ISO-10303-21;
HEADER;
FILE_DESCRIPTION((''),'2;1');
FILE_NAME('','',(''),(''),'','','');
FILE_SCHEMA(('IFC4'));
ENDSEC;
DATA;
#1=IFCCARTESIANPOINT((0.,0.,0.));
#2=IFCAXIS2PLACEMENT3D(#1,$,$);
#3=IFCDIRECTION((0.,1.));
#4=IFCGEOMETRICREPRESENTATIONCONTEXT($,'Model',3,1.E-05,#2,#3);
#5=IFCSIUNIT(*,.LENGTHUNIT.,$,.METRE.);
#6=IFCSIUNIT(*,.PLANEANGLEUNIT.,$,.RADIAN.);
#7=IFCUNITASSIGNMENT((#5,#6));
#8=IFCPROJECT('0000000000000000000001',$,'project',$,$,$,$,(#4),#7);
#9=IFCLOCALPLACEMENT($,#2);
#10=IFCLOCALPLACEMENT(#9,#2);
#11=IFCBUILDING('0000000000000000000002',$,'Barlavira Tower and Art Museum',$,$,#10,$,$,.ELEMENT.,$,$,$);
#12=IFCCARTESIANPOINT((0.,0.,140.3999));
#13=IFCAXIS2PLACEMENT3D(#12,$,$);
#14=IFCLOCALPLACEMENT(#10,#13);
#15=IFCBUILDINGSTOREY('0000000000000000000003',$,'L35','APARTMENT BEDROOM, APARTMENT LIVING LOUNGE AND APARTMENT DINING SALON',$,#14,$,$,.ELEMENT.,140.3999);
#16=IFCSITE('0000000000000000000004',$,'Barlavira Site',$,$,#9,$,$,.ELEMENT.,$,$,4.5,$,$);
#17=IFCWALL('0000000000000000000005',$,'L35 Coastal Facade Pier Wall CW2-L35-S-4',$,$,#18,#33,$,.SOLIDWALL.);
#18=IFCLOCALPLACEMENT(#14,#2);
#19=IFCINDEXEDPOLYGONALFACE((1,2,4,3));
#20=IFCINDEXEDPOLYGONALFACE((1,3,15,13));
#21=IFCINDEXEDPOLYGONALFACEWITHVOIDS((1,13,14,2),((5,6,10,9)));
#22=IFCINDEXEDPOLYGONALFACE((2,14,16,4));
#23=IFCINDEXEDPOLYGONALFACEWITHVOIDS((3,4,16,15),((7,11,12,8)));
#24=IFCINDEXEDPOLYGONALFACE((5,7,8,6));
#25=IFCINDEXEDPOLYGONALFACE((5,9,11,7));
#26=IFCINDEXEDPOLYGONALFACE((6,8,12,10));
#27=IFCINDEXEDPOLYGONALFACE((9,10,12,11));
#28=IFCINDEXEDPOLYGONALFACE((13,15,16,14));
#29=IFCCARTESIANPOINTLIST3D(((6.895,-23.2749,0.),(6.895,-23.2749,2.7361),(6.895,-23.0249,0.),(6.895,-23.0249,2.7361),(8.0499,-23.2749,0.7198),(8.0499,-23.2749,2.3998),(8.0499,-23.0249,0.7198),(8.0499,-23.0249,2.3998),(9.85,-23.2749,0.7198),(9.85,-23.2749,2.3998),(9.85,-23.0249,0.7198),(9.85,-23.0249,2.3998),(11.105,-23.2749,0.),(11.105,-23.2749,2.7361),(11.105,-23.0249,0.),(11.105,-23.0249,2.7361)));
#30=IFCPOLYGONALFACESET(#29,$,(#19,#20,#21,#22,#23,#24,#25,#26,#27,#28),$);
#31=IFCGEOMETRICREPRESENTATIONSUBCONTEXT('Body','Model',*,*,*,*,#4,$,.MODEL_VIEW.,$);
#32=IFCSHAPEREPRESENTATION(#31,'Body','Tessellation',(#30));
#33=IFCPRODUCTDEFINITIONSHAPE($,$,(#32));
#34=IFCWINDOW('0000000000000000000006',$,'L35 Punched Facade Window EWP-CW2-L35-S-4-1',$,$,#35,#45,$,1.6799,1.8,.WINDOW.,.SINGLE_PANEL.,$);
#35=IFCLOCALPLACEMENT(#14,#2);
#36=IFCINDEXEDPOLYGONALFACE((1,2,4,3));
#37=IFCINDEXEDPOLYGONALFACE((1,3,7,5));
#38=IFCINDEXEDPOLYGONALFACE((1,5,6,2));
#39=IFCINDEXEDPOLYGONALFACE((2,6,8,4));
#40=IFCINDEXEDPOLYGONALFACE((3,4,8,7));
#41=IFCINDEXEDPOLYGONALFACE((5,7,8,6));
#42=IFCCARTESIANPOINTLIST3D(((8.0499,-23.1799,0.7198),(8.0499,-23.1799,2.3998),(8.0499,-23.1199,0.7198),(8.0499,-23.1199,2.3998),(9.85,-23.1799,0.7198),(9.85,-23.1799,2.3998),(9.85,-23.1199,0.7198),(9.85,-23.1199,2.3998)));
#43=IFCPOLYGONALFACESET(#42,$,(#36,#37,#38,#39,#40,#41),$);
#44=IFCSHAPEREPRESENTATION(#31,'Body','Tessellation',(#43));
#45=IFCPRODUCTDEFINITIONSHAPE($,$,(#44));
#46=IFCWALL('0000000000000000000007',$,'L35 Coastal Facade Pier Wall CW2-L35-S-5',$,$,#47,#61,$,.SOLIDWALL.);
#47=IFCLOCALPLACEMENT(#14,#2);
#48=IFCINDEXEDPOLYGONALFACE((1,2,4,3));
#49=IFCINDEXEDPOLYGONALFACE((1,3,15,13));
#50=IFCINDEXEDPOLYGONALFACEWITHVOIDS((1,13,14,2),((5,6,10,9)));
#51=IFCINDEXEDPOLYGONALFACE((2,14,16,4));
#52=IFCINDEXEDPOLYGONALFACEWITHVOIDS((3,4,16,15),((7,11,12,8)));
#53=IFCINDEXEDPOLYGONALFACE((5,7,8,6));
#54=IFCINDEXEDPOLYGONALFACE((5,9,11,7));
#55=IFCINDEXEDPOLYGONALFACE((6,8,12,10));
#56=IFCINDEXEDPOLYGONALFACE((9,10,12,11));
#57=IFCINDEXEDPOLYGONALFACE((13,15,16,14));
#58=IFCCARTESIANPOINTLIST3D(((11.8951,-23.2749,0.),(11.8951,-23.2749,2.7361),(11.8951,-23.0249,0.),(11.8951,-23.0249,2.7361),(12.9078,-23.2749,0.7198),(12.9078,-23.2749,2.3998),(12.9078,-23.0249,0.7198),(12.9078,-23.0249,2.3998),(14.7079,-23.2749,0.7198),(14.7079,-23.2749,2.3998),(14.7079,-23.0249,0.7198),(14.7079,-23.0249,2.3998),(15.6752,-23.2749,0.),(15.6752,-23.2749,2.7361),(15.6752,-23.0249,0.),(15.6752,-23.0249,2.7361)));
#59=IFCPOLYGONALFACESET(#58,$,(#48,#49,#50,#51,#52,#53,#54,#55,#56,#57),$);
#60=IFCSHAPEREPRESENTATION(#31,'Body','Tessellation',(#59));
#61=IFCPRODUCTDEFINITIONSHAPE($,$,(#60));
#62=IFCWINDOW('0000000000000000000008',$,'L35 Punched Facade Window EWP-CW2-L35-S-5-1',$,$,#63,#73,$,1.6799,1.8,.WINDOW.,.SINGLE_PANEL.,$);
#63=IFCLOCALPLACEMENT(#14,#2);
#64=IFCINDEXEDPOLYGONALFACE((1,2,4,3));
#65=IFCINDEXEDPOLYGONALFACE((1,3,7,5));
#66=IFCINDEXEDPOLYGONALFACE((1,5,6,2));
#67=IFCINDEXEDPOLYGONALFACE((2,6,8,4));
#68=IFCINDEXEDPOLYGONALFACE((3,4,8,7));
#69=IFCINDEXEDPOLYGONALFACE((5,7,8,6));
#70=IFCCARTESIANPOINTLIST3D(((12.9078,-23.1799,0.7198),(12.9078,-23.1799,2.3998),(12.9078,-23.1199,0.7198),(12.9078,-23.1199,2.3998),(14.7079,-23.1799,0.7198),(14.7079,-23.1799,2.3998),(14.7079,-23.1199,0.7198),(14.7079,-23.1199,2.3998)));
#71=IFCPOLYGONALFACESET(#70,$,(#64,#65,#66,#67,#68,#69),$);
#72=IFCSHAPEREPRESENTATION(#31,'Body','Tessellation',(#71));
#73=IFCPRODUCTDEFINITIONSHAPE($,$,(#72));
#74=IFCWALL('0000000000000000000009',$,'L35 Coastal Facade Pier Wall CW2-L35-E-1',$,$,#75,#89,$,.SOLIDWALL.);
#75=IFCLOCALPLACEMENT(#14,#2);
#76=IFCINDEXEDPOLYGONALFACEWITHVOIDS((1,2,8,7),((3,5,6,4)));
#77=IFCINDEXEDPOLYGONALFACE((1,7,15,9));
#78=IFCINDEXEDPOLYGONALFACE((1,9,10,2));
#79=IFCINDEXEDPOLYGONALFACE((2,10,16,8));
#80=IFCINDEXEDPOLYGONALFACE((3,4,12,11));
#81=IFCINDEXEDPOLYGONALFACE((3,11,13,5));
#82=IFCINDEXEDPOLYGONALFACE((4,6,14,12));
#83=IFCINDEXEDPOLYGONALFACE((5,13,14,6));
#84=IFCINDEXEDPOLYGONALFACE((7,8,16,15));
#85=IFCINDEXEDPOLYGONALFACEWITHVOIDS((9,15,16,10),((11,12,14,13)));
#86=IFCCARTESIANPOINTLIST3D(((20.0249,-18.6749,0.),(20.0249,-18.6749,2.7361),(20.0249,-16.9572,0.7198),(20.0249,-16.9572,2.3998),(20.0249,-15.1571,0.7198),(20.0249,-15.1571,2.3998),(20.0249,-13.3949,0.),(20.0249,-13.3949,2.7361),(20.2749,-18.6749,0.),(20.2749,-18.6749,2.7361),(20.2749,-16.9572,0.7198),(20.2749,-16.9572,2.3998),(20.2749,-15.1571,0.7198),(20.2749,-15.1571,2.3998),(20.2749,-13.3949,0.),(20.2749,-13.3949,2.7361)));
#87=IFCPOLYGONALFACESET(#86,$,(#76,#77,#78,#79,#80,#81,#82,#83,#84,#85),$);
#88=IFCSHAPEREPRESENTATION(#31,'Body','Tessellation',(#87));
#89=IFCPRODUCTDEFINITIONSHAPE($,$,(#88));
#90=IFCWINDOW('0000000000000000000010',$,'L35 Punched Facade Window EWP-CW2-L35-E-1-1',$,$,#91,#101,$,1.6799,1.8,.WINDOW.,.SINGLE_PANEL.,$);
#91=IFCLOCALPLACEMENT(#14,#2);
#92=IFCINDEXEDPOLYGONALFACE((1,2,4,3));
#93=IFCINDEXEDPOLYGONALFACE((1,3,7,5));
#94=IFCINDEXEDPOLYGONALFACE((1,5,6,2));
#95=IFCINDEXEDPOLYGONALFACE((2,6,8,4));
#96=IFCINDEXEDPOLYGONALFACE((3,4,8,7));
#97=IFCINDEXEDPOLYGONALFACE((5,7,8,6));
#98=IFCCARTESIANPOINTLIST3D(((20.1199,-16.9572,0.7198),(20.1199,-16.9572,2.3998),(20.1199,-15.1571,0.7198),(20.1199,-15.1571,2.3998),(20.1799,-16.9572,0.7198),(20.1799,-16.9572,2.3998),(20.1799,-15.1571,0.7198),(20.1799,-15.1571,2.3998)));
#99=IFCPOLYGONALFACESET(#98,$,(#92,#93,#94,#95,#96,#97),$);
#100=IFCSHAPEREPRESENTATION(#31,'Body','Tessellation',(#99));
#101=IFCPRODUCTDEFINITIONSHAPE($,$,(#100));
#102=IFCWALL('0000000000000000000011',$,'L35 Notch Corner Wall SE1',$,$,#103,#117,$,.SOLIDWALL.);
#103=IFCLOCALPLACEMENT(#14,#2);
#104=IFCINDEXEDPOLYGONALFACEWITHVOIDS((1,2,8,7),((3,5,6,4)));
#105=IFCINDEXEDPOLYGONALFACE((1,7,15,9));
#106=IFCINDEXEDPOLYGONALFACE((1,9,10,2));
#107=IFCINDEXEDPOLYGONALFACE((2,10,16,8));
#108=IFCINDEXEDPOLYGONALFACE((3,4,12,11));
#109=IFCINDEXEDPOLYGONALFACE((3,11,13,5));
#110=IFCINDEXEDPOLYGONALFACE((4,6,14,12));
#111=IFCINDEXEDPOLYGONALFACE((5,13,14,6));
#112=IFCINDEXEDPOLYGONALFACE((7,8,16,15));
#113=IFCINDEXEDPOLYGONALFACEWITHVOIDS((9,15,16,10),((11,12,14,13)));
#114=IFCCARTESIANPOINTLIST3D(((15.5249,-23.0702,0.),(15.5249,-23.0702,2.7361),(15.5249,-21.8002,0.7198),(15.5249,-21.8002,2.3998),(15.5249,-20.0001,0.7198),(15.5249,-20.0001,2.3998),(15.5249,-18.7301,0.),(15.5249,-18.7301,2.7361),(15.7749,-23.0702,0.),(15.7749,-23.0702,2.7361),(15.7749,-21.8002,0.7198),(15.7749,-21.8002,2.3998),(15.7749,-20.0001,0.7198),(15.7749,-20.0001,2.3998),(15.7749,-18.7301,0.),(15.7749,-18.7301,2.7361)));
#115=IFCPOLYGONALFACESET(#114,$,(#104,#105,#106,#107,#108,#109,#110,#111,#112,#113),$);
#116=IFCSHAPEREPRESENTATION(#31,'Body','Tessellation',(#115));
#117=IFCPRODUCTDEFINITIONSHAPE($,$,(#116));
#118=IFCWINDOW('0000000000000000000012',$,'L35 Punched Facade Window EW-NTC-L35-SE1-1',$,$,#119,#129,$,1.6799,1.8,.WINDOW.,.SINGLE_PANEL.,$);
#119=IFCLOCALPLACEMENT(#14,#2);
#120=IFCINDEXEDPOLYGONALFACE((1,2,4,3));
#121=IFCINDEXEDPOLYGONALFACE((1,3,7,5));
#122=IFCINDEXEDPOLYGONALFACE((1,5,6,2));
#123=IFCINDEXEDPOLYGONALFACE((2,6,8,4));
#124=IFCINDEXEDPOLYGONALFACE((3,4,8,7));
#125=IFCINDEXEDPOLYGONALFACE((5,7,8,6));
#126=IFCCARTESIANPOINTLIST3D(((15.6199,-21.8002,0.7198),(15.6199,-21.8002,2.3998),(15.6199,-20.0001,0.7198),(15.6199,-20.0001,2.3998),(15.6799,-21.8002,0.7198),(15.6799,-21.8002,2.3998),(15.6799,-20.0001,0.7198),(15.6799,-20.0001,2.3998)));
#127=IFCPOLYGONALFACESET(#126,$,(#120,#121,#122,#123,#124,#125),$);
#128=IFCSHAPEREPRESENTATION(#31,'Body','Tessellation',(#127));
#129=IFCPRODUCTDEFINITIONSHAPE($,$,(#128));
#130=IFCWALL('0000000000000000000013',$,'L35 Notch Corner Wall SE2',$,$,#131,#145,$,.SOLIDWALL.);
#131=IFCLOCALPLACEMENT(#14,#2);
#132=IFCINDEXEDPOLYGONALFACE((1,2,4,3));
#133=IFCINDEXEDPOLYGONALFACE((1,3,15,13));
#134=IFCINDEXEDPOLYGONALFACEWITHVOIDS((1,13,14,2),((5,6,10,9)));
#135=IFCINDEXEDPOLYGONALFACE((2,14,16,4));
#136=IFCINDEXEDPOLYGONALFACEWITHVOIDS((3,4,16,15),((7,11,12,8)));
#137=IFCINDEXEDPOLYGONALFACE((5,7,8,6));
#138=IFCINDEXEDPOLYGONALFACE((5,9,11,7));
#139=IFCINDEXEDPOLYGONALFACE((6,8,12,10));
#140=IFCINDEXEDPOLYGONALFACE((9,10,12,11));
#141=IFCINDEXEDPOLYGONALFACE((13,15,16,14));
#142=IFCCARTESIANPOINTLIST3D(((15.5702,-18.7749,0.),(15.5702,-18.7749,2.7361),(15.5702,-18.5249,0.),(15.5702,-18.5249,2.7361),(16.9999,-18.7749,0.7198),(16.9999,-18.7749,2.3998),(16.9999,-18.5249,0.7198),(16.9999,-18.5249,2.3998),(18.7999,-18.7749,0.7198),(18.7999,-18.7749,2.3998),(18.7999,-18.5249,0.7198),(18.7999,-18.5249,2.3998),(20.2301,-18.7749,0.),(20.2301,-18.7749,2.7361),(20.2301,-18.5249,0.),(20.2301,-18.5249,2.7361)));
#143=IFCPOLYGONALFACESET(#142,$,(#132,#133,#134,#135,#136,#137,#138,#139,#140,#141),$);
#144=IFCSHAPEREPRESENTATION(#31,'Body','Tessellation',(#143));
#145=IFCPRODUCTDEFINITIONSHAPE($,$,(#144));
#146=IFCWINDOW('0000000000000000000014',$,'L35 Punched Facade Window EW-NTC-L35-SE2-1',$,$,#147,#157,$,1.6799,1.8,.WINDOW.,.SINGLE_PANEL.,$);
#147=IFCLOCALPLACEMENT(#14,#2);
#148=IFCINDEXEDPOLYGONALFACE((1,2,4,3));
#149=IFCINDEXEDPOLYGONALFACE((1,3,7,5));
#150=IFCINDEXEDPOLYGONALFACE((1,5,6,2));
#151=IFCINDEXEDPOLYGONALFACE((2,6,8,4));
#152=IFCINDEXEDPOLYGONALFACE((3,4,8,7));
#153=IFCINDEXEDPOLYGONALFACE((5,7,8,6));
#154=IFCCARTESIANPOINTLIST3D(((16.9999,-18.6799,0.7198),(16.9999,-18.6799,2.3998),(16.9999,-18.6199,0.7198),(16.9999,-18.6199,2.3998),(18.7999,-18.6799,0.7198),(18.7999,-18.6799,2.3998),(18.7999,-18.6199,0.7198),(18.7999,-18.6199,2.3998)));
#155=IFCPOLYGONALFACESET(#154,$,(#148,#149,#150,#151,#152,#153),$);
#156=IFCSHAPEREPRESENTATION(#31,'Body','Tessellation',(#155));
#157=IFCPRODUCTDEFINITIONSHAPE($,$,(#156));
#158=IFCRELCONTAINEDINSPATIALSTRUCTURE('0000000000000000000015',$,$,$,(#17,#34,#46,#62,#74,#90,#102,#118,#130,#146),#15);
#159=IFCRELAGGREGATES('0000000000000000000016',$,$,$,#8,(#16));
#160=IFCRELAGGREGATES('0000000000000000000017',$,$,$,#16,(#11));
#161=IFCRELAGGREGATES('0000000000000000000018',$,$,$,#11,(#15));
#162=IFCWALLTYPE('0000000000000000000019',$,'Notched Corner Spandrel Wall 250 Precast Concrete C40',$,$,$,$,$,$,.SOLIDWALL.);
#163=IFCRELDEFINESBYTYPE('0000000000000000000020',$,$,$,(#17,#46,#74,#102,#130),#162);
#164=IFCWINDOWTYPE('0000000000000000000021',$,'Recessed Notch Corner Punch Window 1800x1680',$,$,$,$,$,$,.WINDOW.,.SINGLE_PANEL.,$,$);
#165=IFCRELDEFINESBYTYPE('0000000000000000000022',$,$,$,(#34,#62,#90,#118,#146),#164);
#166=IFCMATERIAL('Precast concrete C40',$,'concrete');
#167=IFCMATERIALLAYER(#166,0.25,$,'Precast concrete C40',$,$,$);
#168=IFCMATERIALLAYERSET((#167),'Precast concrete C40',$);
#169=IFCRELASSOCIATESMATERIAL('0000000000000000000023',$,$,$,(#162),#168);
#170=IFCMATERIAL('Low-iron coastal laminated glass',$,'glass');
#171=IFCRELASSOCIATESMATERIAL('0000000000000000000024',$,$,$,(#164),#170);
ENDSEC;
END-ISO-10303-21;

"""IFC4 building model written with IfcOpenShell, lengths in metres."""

from ifc_helpers import new_model, si_unit, direction, frame, frame_2d, origin, place, context, subcontext, project, spatial, rectangle, extrude, material, layer, layer_set, type_object, element, fill, save


model = new_model("IFC4")

# Units and contexts
model_context = context("Model", 3, precision=1e-05, world=origin(), true_north=direction((0.0, 1.0)))
body_context = subcontext(model_context, "Body", "Model", "MODEL_VIEW")
ifc_project = project(units=[si_unit("LENGTHUNIT", "METRE"), si_unit("PLANEANGLEUNIT", "RADIAN")], contexts=[model_context])

# Site, building, storey
site_placement = place(None, origin())
site = spatial("IfcSite", under=ifc_project, at=site_placement, Name="Barlavira Site", CompositionType="ELEMENT", RefElevation=4.5)
building_placement = place(site_placement, origin())
building = spatial("IfcBuilding", under=site, at=building_placement, Name="Barlavira Tower and Art Museum", CompositionType="ELEMENT")
storey_placement = place(building_placement, frame((0.0, 0.0, 140.3999)))
storey = spatial("IfcBuildingStorey", under=building, at=storey_placement, Name="L35", Description="APARTMENT BEDROOM, APARTMENT LIVING LOUNGE AND APARTMENT DINING SALON", CompositionType="ELEMENT", Elevation=140.3999)

# Walls, openings, windows
ifc_material_1 = material(Name="Precast concrete C40", Category="concrete")
ifc_layer_1 = layer(ifc_material_1, 0.25, Name="Precast concrete C40")
ifc_layer_set_1 = layer_set([ifc_layer_1], Name="Precast concrete C40")
wall_type_1 = type_object("IfcWallType", Name="Notched Corner Spandrel Wall 250 Precast Concrete C40", PredefinedType="SOLIDWALL", material=ifc_layer_set_1)
wall_1_placement = place(storey_placement, frame((6.895, -23.1499, 0.0), z_axis=(0.0, 0.0, 1.0), x_axis=(1.0, 0.0, 0.0)))
wall_1 = element("IfcWall", 1, at=wall_1_placement, inside=storey, type_object=wall_type_1, Name="L35 Coastal Facade Pier Wall CW2-L35-S-4", PredefinedType="SOLIDWALL", context=body_context, shape_type="SweptSolid", body=[
    extrude(rectangle(XDim=4.21, YDim=0.25, at=frame_2d((2.105, 0.0))), origin(), (0.0, 0.0, 1.0), 2.7361),
])
opening_1_placement = place(wall_1_placement, frame((1.155, 0.0, 0.72)))
opening_1 = element("IfcOpeningElement", 2, at=opening_1_placement, cuts=wall_1, PredefinedType="OPENING", context=body_context, shape_type="SweptSolid", body=[
    extrude(rectangle(XDim=1.8, YDim=1.6799, at=frame_2d((0.8999, 0.8398))), frame((0.0, 0.135, 0.0), z_axis=(0.0, -1.0, 0.0), x_axis=(1.0, 0.0, 0.0)), (0.0, 0.0, 1.0), 0.27),
])
ifc_material_2 = material(Name="Low-iron coastal laminated glass", Category="glass")
window_type = type_object("IfcWindowType", Name="Recessed Notch Corner Punch Window 1800x1680", PartitioningType="SINGLE_PANEL", PredefinedType="WINDOW", material=ifc_material_2)
window_1_placement = place(opening_1_placement, origin())
window_1 = element("IfcWindow", 3, at=window_1_placement, inside=storey, type_object=window_type, Name="L35 Punched Facade Window EWP-CW2-L35-S-4-1", OverallHeight=1.6799, OverallWidth=1.8, PartitioningType="SINGLE_PANEL", PredefinedType="WINDOW", context=body_context, shape_type="SweptSolid", body=[
    extrude(rectangle(XDim=1.8, YDim=1.6799, at=frame_2d((0.8999, 0.8398))), frame((0.0, 0.03, 0.0), z_axis=(0.0, -1.0, 0.0), x_axis=(1.0, 0.0, 0.0)), (0.0, 0.0, 1.0), 0.0601),
])
fill(opening_1, window_1)
wall_2_placement = place(storey_placement, frame((11.895, -23.1499, 0.0), z_axis=(0.0, 0.0, 1.0), x_axis=(1.0, 0.0, 0.0)))
wall_2 = element("IfcWall", 4, at=wall_2_placement, inside=storey, type_object=wall_type_1, Name="L35 Coastal Facade Pier Wall CW2-L35-S-5", PredefinedType="SOLIDWALL", context=body_context, shape_type="SweptSolid", body=[
    extrude(rectangle(XDim=3.78, YDim=0.25, at=frame_2d((1.8901, 0.0))), origin(), (0.0, 0.0, 1.0), 2.7361),
])
opening_2_placement = place(wall_2_placement, frame((1.0129, 0.0, 0.72)))
opening_2 = element("IfcOpeningElement", 5, at=opening_2_placement, cuts=wall_2, PredefinedType="OPENING", context=body_context, shape_type="SweptSolid", body=[
    extrude(rectangle(XDim=1.8, YDim=1.6799, at=frame_2d((0.8999, 0.8398))), frame((0.0, 0.135, 0.0), z_axis=(0.0, -1.0, 0.0), x_axis=(1.0, 0.0, 0.0)), (0.0, 0.0, 1.0), 0.27),
])
window_2_placement = place(opening_2_placement, origin())
window_2 = element("IfcWindow", 6, at=window_2_placement, inside=storey, type_object=window_type, Name="L35 Punched Facade Window EWP-CW2-L35-S-5-1", OverallHeight=1.6799, OverallWidth=1.8, PartitioningType="SINGLE_PANEL", PredefinedType="WINDOW", context=body_context, shape_type="SweptSolid", body=[
    extrude(rectangle(XDim=1.8, YDim=1.6799, at=frame_2d((0.8999, 0.8398))), frame((0.0, 0.03, 0.0), z_axis=(0.0, -1.0, 0.0), x_axis=(1.0, 0.0, 0.0)), (0.0, 0.0, 1.0), 0.0601),
])
fill(opening_2, window_2)
wall_3_placement = place(storey_placement, frame((20.1499, -18.675, 0.0), z_axis=(0.0, 0.0, 1.0), x_axis=(0.0, 1.0, 0.0)))
wall_3 = element("IfcWall", 7, at=wall_3_placement, inside=storey, type_object=wall_type_1, Name="L35 Coastal Facade Pier Wall CW2-L35-E-1", PredefinedType="SOLIDWALL", context=body_context, shape_type="SweptSolid", body=[
    extrude(rectangle(XDim=5.28, YDim=0.25, at=frame_2d((2.6401, 0.0))), origin(), (0.0, 0.0, 1.0), 2.7361),
])
opening_3_placement = place(wall_3_placement, frame((1.718, 0.0, 0.72)))
opening_3 = element("IfcOpeningElement", 8, at=opening_3_placement, cuts=wall_3, PredefinedType="OPENING", context=body_context, shape_type="SweptSolid", body=[
    extrude(rectangle(XDim=1.8, YDim=1.6799, at=frame_2d((0.8999, 0.8398))), frame((0.0, 0.135, 0.0), z_axis=(0.0, -1.0, 0.0), x_axis=(1.0, 0.0, 0.0)), (0.0, 0.0, 1.0), 0.27),
])
window_3_placement = place(opening_3_placement, origin())
window_3 = element("IfcWindow", 9, at=window_3_placement, inside=storey, type_object=window_type, Name="L35 Punched Facade Window EWP-CW2-L35-E-1-1", OverallHeight=1.6799, OverallWidth=1.8, PartitioningType="SINGLE_PANEL", PredefinedType="WINDOW", context=body_context, shape_type="SweptSolid", body=[
    extrude(rectangle(XDim=1.8, YDim=1.6799, at=frame_2d((0.8999, 0.8398))), frame((0.0, 0.03, 0.0), z_axis=(0.0, -1.0, 0.0), x_axis=(1.0, 0.0, 0.0)), (0.0, 0.0, 1.0), 0.0601),
])
fill(opening_3, window_3)
wall_4_placement = place(storey_placement, frame((15.6499, -23.0701, 0.0), z_axis=(0.0, 0.0, 1.0), x_axis=(0.0, 1.0, 0.0)))
wall_4 = element("IfcWall", 10, at=wall_4_placement, inside=storey, type_object=wall_type_1, Name="L35 Notch Corner Wall SE1", PredefinedType="SOLIDWALL", context=body_context, shape_type="SweptSolid", body=[
    extrude(rectangle(XDim=4.3401, YDim=0.25, at=frame_2d((2.1699, 0.0))), origin(), (0.0, 0.0, 1.0), 2.7361),
])
opening_4_placement = place(wall_4_placement, frame((1.27, 0.0, 0.72)))
opening_4 = element("IfcOpeningElement", 11, at=opening_4_placement, cuts=wall_4, PredefinedType="OPENING", context=body_context, shape_type="SweptSolid", body=[
    extrude(rectangle(XDim=1.8, YDim=1.6799, at=frame_2d((0.8999, 0.8398))), frame((0.0, 0.135, 0.0), z_axis=(0.0, -1.0, 0.0), x_axis=(1.0, 0.0, 0.0)), (0.0, 0.0, 1.0), 0.27),
])
window_4_placement = place(opening_4_placement, origin())
window_4 = element("IfcWindow", 12, at=window_4_placement, inside=storey, type_object=window_type, Name="L35 Punched Facade Window EW-NTC-L35-SE1-1", OverallHeight=1.6799, OverallWidth=1.8, PartitioningType="SINGLE_PANEL", PredefinedType="WINDOW", context=body_context, shape_type="SweptSolid", body=[
    extrude(rectangle(XDim=1.8, YDim=1.6799, at=frame_2d((0.8999, 0.8398))), frame((0.0, 0.03, 0.0), z_axis=(0.0, -1.0, 0.0), x_axis=(1.0, 0.0, 0.0)), (0.0, 0.0, 1.0), 0.0601),
])
fill(opening_4, window_4)
wall_5_placement = place(storey_placement, frame((15.5701, -18.6499, 0.0), z_axis=(0.0, 0.0, 1.0), x_axis=(1.0, 0.0, 0.0)))
wall_5 = element("IfcWall", 13, at=wall_5_placement, inside=storey, type_object=wall_type_1, Name="L35 Notch Corner Wall SE2", PredefinedType="SOLIDWALL", context=body_context, shape_type="SweptSolid", body=[
    extrude(rectangle(XDim=4.6599, YDim=0.25, at=frame_2d((2.3301, 0.0))), origin(), (0.0, 0.0, 1.0), 2.7361),
])
opening_5_placement = place(wall_5_placement, frame((1.4299, 0.0, 0.72)))
opening_5 = element("IfcOpeningElement", 14, at=opening_5_placement, cuts=wall_5, PredefinedType="OPENING", context=body_context, shape_type="SweptSolid", body=[
    extrude(rectangle(XDim=1.8, YDim=1.6799, at=frame_2d((0.8999, 0.8398))), frame((0.0, 0.135, 0.0), z_axis=(0.0, -1.0, 0.0), x_axis=(1.0, 0.0, 0.0)), (0.0, 0.0, 1.0), 0.27),
])
window_5_placement = place(opening_5_placement, origin())
window_5 = element("IfcWindow", 15, at=window_5_placement, inside=storey, type_object=window_type, Name="L35 Punched Facade Window EW-NTC-L35-SE2-1", OverallHeight=1.6799, OverallWidth=1.8, PartitioningType="SINGLE_PANEL", PredefinedType="WINDOW", context=body_context, shape_type="SweptSolid", body=[
    extrude(rectangle(XDim=1.8, YDim=1.6799, at=frame_2d((0.8999, 0.8398))), frame((0.0, 0.03, 0.0), z_axis=(0.0, -1.0, 0.0), x_axis=(1.0, 0.0, 0.0)), (0.0, 0.0, 1.0), 0.0601),
])
fill(opening_5, window_5)

save(model, "model.ifc")
